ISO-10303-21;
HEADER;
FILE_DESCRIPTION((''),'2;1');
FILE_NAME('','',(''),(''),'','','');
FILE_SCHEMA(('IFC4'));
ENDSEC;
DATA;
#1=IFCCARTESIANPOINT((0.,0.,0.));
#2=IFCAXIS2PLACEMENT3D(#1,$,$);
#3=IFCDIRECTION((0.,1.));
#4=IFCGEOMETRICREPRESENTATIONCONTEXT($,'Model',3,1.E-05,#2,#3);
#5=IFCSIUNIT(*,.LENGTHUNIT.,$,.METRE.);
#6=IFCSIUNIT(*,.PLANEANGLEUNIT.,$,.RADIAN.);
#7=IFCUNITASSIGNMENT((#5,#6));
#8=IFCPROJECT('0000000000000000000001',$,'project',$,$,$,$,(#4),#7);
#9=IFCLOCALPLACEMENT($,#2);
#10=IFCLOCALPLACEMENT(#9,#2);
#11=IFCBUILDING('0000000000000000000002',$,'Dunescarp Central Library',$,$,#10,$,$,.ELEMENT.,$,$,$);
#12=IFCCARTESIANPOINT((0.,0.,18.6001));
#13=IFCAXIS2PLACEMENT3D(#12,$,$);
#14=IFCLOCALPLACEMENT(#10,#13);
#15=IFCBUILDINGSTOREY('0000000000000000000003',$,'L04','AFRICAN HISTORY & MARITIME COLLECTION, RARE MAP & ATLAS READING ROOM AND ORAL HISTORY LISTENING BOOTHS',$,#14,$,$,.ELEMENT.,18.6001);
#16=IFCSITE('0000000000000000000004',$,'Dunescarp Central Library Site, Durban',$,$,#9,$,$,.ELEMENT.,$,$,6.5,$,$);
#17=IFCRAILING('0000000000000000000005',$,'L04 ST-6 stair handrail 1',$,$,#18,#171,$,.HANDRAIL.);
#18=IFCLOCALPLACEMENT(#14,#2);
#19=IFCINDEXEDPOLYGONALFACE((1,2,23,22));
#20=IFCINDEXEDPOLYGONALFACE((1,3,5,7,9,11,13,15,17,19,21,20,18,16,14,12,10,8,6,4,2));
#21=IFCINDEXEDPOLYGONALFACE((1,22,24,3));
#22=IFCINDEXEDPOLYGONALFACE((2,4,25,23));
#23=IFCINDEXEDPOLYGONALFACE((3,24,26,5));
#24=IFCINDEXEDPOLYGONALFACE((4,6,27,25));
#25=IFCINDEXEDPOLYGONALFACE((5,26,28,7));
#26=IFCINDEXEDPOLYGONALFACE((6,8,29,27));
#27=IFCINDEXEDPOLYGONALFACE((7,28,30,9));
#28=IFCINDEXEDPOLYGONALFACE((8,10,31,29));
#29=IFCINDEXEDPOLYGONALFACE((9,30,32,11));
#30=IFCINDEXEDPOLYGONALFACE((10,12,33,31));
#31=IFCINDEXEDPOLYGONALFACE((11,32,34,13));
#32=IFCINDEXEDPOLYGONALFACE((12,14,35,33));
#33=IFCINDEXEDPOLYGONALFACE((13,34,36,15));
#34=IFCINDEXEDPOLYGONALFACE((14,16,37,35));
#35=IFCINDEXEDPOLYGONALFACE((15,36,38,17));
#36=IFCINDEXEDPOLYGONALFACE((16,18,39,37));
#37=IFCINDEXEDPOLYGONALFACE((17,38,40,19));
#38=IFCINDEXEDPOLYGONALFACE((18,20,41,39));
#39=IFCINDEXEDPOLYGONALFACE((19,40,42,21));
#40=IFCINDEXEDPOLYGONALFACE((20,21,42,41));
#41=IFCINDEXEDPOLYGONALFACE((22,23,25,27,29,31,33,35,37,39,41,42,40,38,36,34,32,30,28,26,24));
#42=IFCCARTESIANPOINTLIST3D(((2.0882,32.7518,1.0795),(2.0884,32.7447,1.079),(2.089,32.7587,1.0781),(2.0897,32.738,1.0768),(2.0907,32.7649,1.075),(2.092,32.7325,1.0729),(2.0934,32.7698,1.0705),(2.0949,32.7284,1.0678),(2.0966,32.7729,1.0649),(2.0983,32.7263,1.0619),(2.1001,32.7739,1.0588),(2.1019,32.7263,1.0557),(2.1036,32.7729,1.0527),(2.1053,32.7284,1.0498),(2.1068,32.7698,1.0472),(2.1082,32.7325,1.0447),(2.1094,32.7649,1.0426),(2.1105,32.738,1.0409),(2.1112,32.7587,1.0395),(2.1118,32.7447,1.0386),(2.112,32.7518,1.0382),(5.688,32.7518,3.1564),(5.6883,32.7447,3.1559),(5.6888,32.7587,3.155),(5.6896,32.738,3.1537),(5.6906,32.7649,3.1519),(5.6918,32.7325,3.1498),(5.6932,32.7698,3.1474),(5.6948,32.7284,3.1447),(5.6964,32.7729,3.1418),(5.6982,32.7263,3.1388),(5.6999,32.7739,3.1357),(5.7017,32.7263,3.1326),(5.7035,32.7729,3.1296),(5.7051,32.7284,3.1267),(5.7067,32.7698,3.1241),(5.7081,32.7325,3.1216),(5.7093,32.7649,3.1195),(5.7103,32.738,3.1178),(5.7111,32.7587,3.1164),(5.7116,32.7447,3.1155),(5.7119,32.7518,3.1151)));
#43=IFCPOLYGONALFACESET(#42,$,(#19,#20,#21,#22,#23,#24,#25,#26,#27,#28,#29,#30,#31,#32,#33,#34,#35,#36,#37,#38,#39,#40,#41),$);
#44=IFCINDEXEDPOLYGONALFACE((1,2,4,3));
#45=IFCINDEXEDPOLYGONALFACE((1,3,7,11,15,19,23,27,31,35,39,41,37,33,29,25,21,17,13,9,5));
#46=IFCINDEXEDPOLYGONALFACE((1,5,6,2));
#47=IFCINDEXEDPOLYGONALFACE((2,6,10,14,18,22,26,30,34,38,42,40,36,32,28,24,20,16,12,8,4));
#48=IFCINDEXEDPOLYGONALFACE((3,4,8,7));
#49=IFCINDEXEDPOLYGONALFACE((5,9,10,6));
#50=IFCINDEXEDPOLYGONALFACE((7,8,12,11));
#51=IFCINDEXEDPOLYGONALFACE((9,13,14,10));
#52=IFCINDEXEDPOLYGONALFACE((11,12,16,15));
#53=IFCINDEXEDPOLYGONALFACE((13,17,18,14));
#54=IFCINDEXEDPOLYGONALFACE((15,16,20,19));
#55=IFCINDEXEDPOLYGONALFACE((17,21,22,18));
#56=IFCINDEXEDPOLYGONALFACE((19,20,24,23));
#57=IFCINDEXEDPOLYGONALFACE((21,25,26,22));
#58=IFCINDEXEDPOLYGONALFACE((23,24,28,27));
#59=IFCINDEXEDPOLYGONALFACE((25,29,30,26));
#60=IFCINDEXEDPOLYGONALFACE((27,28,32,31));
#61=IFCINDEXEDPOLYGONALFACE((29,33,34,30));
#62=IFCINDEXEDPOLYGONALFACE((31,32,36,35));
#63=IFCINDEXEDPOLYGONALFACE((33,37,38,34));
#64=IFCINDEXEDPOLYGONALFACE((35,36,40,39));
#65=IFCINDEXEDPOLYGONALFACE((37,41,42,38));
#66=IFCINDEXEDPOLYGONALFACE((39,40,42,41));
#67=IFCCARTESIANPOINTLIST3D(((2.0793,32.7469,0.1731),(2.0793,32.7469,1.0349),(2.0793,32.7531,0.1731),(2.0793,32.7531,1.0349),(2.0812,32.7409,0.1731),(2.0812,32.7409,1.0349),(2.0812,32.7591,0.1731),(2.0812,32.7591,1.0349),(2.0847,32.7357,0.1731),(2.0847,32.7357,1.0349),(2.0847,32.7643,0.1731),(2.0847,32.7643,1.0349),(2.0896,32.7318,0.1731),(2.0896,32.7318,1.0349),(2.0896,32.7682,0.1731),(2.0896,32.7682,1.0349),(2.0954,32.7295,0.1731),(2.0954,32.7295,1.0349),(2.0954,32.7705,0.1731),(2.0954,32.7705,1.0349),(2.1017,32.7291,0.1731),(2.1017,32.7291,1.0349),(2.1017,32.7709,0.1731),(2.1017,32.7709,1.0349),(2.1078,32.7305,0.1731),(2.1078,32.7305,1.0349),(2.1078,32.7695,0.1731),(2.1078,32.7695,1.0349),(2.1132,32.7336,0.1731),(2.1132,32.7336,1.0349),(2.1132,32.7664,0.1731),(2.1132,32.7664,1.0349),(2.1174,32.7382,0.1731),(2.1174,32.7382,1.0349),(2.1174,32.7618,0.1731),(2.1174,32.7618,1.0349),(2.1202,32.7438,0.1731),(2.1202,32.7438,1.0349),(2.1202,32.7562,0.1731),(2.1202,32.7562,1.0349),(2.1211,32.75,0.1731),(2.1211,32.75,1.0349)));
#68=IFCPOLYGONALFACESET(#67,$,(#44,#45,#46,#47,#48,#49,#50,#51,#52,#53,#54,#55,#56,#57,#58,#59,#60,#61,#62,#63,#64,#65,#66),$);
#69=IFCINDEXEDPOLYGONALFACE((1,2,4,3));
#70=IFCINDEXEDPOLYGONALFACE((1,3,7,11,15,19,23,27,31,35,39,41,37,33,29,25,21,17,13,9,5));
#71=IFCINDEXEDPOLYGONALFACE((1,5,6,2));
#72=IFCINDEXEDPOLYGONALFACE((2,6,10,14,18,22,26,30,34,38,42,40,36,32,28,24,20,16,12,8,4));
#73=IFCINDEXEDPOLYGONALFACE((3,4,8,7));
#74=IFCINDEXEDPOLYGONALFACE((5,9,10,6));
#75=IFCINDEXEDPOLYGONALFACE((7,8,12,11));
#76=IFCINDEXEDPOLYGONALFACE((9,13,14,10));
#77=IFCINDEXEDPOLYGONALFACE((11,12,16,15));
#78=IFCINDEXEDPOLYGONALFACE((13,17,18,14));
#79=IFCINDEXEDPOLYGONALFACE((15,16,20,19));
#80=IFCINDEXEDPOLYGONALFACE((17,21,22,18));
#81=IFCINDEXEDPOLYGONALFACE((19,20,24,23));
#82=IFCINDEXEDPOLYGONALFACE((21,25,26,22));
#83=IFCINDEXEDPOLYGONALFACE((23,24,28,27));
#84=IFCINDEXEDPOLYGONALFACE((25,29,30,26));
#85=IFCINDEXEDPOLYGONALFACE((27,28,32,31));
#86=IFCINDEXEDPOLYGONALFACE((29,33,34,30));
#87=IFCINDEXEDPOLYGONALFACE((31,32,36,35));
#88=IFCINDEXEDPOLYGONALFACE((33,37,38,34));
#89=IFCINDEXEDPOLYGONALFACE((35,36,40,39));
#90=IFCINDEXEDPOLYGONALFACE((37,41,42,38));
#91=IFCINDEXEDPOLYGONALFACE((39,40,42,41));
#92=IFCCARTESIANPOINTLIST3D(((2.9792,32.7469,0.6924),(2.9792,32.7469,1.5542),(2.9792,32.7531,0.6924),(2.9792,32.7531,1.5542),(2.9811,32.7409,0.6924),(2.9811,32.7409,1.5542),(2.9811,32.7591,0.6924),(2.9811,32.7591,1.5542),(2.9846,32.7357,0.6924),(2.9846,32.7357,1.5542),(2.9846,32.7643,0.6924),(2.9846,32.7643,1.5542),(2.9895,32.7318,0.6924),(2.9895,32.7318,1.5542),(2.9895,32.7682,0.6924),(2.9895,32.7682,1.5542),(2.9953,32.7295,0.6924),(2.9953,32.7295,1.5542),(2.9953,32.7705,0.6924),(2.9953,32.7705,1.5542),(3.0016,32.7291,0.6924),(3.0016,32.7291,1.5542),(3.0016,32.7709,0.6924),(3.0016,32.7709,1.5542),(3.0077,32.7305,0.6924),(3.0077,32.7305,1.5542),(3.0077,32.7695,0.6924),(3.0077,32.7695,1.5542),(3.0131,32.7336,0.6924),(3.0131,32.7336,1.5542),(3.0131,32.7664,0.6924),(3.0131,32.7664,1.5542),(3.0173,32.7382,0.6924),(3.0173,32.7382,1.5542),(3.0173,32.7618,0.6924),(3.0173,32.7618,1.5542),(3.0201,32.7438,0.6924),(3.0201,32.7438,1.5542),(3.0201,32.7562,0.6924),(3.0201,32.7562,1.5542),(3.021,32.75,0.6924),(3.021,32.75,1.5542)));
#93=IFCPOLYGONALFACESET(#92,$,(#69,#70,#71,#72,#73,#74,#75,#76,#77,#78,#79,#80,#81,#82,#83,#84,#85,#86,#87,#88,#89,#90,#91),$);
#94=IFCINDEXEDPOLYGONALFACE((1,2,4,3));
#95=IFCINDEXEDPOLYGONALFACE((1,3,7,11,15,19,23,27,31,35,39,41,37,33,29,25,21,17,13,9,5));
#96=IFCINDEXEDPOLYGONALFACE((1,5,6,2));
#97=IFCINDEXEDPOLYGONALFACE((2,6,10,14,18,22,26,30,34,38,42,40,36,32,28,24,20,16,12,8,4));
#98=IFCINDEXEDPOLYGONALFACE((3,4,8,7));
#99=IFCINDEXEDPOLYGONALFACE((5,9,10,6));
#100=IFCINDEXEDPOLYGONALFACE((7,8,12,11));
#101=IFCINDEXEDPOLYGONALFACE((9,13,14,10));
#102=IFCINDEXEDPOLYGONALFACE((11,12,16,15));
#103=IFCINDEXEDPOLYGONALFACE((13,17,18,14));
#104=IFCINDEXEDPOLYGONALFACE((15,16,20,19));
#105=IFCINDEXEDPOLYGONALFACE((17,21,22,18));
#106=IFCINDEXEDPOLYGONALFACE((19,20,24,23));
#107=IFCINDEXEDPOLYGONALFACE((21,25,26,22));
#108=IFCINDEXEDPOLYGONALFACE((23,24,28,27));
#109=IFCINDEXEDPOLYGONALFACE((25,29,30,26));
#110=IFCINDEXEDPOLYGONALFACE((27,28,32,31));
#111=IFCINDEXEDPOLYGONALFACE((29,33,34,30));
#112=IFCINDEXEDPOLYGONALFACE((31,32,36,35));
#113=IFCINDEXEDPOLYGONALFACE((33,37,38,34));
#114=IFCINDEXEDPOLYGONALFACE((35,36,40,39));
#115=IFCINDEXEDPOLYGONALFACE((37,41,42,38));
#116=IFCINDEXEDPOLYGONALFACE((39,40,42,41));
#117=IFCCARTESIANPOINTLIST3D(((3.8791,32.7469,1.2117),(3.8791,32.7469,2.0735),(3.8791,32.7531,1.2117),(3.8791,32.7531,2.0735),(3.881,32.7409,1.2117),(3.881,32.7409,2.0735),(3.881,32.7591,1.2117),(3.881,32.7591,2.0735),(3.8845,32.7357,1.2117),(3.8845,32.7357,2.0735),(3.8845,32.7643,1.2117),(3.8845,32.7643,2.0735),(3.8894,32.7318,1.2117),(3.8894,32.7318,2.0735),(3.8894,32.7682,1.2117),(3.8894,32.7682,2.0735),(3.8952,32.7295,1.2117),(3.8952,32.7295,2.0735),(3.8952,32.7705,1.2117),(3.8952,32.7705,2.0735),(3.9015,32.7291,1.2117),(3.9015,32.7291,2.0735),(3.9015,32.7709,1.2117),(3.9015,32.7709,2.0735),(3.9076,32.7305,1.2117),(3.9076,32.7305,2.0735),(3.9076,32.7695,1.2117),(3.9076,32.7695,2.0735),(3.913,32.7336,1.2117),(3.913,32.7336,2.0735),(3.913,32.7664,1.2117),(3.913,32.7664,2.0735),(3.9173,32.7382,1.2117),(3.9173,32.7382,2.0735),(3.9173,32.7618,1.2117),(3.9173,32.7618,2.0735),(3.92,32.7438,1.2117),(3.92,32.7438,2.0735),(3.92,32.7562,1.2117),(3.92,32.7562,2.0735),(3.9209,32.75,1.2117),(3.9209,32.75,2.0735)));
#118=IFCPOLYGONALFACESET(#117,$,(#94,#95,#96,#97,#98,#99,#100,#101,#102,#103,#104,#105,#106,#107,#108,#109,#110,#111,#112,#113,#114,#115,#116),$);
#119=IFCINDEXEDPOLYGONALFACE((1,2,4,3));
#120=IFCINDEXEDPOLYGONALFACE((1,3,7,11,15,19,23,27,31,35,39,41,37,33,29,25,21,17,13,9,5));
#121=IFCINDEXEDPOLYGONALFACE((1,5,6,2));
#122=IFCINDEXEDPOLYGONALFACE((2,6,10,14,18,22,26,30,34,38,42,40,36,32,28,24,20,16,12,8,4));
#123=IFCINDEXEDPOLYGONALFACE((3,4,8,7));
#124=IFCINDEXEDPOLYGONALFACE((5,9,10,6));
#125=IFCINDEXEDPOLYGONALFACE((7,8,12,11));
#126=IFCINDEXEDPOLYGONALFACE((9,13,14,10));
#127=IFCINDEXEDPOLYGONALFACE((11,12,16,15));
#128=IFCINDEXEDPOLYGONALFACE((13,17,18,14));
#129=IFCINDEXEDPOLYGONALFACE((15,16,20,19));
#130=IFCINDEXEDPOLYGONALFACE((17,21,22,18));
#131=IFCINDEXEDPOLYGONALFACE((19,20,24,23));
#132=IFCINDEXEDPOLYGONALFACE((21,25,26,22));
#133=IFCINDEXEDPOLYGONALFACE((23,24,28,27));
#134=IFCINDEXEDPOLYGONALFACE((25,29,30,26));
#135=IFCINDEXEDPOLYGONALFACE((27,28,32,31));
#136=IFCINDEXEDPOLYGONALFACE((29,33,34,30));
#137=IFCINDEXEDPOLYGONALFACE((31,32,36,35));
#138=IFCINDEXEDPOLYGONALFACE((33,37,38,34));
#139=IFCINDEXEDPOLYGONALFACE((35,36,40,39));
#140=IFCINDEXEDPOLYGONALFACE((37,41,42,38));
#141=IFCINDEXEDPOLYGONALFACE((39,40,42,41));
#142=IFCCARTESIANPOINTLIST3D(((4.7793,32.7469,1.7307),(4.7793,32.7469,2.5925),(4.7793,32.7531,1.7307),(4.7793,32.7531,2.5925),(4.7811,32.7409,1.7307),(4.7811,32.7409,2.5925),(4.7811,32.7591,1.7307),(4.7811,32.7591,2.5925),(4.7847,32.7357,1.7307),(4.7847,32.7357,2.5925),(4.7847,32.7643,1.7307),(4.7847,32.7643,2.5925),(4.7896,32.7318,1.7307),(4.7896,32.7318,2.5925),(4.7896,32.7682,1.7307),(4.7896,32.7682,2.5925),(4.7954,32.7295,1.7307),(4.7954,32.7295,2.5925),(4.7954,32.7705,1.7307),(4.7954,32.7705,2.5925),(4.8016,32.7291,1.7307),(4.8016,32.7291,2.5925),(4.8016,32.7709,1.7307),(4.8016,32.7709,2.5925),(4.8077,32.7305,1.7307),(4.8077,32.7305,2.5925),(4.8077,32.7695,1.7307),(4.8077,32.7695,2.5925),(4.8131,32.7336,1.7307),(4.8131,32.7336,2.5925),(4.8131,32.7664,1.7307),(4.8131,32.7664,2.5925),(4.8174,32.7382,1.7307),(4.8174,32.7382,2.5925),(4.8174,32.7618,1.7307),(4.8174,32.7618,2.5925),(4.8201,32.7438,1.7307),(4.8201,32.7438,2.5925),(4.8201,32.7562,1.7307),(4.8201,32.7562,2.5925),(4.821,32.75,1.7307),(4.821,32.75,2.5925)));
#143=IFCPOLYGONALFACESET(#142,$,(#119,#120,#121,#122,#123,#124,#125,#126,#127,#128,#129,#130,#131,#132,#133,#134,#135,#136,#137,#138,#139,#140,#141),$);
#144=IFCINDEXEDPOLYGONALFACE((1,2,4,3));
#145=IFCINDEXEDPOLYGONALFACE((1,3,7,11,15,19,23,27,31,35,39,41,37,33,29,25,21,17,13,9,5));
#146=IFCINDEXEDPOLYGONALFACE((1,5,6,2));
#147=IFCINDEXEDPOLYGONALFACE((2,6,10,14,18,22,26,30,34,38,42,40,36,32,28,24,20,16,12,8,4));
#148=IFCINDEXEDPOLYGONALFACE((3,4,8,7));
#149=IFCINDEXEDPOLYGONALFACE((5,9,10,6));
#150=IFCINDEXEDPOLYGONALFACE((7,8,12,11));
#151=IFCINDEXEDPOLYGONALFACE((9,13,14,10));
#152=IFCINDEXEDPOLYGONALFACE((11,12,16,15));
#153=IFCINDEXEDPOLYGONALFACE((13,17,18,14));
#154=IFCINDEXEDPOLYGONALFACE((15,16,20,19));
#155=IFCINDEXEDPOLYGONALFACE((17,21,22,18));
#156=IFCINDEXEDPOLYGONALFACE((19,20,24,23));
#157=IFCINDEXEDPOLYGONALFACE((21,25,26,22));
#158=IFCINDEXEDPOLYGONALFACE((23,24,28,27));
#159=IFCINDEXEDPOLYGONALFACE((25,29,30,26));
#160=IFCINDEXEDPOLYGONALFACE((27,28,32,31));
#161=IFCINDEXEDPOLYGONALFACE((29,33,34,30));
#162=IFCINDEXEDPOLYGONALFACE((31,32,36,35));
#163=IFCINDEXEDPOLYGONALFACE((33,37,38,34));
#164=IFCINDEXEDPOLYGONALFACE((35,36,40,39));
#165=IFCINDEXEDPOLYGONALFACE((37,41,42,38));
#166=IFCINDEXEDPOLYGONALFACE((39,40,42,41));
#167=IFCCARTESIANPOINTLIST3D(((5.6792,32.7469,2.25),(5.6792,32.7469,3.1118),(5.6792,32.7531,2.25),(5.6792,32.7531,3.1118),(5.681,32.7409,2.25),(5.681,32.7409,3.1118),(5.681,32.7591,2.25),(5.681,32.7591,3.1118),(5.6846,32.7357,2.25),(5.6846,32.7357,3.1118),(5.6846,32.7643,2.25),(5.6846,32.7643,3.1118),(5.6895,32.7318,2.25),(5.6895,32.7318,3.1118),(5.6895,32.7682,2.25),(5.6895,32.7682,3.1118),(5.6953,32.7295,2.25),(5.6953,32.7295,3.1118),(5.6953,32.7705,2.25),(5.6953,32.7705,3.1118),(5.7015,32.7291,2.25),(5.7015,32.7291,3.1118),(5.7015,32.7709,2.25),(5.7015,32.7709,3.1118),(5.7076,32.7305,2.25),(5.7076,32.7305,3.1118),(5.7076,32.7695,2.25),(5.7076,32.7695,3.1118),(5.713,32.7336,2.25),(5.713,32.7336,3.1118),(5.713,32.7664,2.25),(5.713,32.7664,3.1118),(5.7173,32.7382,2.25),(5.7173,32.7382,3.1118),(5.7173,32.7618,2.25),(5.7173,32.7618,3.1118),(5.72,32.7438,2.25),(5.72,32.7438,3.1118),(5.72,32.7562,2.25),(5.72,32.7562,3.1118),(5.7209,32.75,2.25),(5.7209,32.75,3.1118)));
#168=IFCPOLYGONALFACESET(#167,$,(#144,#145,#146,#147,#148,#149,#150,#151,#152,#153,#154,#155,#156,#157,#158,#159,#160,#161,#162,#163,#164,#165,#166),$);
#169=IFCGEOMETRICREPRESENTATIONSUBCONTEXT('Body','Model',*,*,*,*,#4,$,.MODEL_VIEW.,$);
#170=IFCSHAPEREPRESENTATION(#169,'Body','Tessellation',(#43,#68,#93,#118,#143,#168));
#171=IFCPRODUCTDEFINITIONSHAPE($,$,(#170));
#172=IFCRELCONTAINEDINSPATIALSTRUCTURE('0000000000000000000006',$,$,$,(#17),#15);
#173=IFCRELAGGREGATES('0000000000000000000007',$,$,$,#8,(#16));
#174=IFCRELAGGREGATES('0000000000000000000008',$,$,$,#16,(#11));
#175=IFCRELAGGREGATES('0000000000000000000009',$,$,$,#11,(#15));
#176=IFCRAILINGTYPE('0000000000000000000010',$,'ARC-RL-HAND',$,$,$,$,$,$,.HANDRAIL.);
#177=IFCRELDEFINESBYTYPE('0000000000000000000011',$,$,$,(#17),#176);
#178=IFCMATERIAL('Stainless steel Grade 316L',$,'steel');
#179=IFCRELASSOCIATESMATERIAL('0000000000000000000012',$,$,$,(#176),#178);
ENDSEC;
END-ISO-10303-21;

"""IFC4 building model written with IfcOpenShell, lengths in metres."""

from ifc_helpers import new_model, si_unit, direction, frame, origin, origin_2d, place, context, subcontext, project, spatial, circle, extrude, material, type_object, element, save


model = new_model("IFC4")

# Units and contexts
model_context = context("Model", 3, precision=1e-05, world=origin(), true_north=direction((0.0, 1.0)))
body_context = subcontext(model_context, "Body", "Model", "MODEL_VIEW")
ifc_project = project(units=[si_unit("LENGTHUNIT", "METRE"), si_unit("PLANEANGLEUNIT", "RADIAN")], contexts=[model_context])

# Site, building, storey
site_placement = place(None, origin())
site = spatial("IfcSite", under=ifc_project, at=site_placement, Name="Dunescarp Central Library Site, Durban", CompositionType="ELEMENT", RefElevation=6.5)
building_placement = place(site_placement, origin())
building = spatial("IfcBuilding", under=site, at=building_placement, Name="Dunescarp Central Library", CompositionType="ELEMENT")
storey_placement = place(building_placement, frame((0.0, 0.0, 18.6001)))
storey = spatial("IfcBuildingStorey", under=building, at=storey_placement, Name="L04", Description="AFRICAN HISTORY & MARITIME COLLECTION, RARE MAP & ATLAS READING ROOM AND ORAL HISTORY LISTENING BOOTHS", CompositionType="ELEMENT", Elevation=18.6001)

# Railing
ifc_material_1 = material(Name="Stainless steel Grade 316L", Category="steel")
railing_type_1 = type_object("IfcRailingType", Name="ARC-RL-HAND", PredefinedType="HANDRAIL", material=ifc_material_1)
railing_1_placement = place(storey_placement, frame((2.1001, 32.75, 0.1731)))
element("IfcRailing", 1, at=railing_1_placement, inside=storey, type_object=railing_type_1, Name="L04 ST-6 stair handrail 1", PredefinedType="HANDRAIL", context=body_context, shape_type="SweptSolid", body=[
    extrude(circle(Radius=0.0239, at=origin_2d()), frame((0.0, 0.0, 0.8857), z_axis=(0.866179, 0.0, 0.499734), x_axis=(0.0, 1.0, 0.0)), (0.0, 0.0, 1.0), 4.156),
    extrude(circle(Radius=0.021, at=origin_2d()), origin(), (0.0, 0.0, 1.0), 0.8618),
    extrude(circle(Radius=0.021, at=origin_2d()), frame((0.8999, 0.0, 0.5193)), (0.0, 0.0, 1.0), 0.8618),
    extrude(circle(Radius=0.021, at=origin_2d()), frame((1.7998, 0.0, 1.0386)), (0.0, 0.0, 1.0), 0.8618),
    extrude(circle(Radius=0.021, at=origin_2d()), frame((2.7, 0.0, 1.5576)), (0.0, 0.0, 1.0), 0.8618),
    extrude(circle(Radius=0.021, at=origin_2d()), frame((3.5999, 0.0, 2.0769)), (0.0, 0.0, 1.0), 0.8618),
])

save(model, "model.ifc")
